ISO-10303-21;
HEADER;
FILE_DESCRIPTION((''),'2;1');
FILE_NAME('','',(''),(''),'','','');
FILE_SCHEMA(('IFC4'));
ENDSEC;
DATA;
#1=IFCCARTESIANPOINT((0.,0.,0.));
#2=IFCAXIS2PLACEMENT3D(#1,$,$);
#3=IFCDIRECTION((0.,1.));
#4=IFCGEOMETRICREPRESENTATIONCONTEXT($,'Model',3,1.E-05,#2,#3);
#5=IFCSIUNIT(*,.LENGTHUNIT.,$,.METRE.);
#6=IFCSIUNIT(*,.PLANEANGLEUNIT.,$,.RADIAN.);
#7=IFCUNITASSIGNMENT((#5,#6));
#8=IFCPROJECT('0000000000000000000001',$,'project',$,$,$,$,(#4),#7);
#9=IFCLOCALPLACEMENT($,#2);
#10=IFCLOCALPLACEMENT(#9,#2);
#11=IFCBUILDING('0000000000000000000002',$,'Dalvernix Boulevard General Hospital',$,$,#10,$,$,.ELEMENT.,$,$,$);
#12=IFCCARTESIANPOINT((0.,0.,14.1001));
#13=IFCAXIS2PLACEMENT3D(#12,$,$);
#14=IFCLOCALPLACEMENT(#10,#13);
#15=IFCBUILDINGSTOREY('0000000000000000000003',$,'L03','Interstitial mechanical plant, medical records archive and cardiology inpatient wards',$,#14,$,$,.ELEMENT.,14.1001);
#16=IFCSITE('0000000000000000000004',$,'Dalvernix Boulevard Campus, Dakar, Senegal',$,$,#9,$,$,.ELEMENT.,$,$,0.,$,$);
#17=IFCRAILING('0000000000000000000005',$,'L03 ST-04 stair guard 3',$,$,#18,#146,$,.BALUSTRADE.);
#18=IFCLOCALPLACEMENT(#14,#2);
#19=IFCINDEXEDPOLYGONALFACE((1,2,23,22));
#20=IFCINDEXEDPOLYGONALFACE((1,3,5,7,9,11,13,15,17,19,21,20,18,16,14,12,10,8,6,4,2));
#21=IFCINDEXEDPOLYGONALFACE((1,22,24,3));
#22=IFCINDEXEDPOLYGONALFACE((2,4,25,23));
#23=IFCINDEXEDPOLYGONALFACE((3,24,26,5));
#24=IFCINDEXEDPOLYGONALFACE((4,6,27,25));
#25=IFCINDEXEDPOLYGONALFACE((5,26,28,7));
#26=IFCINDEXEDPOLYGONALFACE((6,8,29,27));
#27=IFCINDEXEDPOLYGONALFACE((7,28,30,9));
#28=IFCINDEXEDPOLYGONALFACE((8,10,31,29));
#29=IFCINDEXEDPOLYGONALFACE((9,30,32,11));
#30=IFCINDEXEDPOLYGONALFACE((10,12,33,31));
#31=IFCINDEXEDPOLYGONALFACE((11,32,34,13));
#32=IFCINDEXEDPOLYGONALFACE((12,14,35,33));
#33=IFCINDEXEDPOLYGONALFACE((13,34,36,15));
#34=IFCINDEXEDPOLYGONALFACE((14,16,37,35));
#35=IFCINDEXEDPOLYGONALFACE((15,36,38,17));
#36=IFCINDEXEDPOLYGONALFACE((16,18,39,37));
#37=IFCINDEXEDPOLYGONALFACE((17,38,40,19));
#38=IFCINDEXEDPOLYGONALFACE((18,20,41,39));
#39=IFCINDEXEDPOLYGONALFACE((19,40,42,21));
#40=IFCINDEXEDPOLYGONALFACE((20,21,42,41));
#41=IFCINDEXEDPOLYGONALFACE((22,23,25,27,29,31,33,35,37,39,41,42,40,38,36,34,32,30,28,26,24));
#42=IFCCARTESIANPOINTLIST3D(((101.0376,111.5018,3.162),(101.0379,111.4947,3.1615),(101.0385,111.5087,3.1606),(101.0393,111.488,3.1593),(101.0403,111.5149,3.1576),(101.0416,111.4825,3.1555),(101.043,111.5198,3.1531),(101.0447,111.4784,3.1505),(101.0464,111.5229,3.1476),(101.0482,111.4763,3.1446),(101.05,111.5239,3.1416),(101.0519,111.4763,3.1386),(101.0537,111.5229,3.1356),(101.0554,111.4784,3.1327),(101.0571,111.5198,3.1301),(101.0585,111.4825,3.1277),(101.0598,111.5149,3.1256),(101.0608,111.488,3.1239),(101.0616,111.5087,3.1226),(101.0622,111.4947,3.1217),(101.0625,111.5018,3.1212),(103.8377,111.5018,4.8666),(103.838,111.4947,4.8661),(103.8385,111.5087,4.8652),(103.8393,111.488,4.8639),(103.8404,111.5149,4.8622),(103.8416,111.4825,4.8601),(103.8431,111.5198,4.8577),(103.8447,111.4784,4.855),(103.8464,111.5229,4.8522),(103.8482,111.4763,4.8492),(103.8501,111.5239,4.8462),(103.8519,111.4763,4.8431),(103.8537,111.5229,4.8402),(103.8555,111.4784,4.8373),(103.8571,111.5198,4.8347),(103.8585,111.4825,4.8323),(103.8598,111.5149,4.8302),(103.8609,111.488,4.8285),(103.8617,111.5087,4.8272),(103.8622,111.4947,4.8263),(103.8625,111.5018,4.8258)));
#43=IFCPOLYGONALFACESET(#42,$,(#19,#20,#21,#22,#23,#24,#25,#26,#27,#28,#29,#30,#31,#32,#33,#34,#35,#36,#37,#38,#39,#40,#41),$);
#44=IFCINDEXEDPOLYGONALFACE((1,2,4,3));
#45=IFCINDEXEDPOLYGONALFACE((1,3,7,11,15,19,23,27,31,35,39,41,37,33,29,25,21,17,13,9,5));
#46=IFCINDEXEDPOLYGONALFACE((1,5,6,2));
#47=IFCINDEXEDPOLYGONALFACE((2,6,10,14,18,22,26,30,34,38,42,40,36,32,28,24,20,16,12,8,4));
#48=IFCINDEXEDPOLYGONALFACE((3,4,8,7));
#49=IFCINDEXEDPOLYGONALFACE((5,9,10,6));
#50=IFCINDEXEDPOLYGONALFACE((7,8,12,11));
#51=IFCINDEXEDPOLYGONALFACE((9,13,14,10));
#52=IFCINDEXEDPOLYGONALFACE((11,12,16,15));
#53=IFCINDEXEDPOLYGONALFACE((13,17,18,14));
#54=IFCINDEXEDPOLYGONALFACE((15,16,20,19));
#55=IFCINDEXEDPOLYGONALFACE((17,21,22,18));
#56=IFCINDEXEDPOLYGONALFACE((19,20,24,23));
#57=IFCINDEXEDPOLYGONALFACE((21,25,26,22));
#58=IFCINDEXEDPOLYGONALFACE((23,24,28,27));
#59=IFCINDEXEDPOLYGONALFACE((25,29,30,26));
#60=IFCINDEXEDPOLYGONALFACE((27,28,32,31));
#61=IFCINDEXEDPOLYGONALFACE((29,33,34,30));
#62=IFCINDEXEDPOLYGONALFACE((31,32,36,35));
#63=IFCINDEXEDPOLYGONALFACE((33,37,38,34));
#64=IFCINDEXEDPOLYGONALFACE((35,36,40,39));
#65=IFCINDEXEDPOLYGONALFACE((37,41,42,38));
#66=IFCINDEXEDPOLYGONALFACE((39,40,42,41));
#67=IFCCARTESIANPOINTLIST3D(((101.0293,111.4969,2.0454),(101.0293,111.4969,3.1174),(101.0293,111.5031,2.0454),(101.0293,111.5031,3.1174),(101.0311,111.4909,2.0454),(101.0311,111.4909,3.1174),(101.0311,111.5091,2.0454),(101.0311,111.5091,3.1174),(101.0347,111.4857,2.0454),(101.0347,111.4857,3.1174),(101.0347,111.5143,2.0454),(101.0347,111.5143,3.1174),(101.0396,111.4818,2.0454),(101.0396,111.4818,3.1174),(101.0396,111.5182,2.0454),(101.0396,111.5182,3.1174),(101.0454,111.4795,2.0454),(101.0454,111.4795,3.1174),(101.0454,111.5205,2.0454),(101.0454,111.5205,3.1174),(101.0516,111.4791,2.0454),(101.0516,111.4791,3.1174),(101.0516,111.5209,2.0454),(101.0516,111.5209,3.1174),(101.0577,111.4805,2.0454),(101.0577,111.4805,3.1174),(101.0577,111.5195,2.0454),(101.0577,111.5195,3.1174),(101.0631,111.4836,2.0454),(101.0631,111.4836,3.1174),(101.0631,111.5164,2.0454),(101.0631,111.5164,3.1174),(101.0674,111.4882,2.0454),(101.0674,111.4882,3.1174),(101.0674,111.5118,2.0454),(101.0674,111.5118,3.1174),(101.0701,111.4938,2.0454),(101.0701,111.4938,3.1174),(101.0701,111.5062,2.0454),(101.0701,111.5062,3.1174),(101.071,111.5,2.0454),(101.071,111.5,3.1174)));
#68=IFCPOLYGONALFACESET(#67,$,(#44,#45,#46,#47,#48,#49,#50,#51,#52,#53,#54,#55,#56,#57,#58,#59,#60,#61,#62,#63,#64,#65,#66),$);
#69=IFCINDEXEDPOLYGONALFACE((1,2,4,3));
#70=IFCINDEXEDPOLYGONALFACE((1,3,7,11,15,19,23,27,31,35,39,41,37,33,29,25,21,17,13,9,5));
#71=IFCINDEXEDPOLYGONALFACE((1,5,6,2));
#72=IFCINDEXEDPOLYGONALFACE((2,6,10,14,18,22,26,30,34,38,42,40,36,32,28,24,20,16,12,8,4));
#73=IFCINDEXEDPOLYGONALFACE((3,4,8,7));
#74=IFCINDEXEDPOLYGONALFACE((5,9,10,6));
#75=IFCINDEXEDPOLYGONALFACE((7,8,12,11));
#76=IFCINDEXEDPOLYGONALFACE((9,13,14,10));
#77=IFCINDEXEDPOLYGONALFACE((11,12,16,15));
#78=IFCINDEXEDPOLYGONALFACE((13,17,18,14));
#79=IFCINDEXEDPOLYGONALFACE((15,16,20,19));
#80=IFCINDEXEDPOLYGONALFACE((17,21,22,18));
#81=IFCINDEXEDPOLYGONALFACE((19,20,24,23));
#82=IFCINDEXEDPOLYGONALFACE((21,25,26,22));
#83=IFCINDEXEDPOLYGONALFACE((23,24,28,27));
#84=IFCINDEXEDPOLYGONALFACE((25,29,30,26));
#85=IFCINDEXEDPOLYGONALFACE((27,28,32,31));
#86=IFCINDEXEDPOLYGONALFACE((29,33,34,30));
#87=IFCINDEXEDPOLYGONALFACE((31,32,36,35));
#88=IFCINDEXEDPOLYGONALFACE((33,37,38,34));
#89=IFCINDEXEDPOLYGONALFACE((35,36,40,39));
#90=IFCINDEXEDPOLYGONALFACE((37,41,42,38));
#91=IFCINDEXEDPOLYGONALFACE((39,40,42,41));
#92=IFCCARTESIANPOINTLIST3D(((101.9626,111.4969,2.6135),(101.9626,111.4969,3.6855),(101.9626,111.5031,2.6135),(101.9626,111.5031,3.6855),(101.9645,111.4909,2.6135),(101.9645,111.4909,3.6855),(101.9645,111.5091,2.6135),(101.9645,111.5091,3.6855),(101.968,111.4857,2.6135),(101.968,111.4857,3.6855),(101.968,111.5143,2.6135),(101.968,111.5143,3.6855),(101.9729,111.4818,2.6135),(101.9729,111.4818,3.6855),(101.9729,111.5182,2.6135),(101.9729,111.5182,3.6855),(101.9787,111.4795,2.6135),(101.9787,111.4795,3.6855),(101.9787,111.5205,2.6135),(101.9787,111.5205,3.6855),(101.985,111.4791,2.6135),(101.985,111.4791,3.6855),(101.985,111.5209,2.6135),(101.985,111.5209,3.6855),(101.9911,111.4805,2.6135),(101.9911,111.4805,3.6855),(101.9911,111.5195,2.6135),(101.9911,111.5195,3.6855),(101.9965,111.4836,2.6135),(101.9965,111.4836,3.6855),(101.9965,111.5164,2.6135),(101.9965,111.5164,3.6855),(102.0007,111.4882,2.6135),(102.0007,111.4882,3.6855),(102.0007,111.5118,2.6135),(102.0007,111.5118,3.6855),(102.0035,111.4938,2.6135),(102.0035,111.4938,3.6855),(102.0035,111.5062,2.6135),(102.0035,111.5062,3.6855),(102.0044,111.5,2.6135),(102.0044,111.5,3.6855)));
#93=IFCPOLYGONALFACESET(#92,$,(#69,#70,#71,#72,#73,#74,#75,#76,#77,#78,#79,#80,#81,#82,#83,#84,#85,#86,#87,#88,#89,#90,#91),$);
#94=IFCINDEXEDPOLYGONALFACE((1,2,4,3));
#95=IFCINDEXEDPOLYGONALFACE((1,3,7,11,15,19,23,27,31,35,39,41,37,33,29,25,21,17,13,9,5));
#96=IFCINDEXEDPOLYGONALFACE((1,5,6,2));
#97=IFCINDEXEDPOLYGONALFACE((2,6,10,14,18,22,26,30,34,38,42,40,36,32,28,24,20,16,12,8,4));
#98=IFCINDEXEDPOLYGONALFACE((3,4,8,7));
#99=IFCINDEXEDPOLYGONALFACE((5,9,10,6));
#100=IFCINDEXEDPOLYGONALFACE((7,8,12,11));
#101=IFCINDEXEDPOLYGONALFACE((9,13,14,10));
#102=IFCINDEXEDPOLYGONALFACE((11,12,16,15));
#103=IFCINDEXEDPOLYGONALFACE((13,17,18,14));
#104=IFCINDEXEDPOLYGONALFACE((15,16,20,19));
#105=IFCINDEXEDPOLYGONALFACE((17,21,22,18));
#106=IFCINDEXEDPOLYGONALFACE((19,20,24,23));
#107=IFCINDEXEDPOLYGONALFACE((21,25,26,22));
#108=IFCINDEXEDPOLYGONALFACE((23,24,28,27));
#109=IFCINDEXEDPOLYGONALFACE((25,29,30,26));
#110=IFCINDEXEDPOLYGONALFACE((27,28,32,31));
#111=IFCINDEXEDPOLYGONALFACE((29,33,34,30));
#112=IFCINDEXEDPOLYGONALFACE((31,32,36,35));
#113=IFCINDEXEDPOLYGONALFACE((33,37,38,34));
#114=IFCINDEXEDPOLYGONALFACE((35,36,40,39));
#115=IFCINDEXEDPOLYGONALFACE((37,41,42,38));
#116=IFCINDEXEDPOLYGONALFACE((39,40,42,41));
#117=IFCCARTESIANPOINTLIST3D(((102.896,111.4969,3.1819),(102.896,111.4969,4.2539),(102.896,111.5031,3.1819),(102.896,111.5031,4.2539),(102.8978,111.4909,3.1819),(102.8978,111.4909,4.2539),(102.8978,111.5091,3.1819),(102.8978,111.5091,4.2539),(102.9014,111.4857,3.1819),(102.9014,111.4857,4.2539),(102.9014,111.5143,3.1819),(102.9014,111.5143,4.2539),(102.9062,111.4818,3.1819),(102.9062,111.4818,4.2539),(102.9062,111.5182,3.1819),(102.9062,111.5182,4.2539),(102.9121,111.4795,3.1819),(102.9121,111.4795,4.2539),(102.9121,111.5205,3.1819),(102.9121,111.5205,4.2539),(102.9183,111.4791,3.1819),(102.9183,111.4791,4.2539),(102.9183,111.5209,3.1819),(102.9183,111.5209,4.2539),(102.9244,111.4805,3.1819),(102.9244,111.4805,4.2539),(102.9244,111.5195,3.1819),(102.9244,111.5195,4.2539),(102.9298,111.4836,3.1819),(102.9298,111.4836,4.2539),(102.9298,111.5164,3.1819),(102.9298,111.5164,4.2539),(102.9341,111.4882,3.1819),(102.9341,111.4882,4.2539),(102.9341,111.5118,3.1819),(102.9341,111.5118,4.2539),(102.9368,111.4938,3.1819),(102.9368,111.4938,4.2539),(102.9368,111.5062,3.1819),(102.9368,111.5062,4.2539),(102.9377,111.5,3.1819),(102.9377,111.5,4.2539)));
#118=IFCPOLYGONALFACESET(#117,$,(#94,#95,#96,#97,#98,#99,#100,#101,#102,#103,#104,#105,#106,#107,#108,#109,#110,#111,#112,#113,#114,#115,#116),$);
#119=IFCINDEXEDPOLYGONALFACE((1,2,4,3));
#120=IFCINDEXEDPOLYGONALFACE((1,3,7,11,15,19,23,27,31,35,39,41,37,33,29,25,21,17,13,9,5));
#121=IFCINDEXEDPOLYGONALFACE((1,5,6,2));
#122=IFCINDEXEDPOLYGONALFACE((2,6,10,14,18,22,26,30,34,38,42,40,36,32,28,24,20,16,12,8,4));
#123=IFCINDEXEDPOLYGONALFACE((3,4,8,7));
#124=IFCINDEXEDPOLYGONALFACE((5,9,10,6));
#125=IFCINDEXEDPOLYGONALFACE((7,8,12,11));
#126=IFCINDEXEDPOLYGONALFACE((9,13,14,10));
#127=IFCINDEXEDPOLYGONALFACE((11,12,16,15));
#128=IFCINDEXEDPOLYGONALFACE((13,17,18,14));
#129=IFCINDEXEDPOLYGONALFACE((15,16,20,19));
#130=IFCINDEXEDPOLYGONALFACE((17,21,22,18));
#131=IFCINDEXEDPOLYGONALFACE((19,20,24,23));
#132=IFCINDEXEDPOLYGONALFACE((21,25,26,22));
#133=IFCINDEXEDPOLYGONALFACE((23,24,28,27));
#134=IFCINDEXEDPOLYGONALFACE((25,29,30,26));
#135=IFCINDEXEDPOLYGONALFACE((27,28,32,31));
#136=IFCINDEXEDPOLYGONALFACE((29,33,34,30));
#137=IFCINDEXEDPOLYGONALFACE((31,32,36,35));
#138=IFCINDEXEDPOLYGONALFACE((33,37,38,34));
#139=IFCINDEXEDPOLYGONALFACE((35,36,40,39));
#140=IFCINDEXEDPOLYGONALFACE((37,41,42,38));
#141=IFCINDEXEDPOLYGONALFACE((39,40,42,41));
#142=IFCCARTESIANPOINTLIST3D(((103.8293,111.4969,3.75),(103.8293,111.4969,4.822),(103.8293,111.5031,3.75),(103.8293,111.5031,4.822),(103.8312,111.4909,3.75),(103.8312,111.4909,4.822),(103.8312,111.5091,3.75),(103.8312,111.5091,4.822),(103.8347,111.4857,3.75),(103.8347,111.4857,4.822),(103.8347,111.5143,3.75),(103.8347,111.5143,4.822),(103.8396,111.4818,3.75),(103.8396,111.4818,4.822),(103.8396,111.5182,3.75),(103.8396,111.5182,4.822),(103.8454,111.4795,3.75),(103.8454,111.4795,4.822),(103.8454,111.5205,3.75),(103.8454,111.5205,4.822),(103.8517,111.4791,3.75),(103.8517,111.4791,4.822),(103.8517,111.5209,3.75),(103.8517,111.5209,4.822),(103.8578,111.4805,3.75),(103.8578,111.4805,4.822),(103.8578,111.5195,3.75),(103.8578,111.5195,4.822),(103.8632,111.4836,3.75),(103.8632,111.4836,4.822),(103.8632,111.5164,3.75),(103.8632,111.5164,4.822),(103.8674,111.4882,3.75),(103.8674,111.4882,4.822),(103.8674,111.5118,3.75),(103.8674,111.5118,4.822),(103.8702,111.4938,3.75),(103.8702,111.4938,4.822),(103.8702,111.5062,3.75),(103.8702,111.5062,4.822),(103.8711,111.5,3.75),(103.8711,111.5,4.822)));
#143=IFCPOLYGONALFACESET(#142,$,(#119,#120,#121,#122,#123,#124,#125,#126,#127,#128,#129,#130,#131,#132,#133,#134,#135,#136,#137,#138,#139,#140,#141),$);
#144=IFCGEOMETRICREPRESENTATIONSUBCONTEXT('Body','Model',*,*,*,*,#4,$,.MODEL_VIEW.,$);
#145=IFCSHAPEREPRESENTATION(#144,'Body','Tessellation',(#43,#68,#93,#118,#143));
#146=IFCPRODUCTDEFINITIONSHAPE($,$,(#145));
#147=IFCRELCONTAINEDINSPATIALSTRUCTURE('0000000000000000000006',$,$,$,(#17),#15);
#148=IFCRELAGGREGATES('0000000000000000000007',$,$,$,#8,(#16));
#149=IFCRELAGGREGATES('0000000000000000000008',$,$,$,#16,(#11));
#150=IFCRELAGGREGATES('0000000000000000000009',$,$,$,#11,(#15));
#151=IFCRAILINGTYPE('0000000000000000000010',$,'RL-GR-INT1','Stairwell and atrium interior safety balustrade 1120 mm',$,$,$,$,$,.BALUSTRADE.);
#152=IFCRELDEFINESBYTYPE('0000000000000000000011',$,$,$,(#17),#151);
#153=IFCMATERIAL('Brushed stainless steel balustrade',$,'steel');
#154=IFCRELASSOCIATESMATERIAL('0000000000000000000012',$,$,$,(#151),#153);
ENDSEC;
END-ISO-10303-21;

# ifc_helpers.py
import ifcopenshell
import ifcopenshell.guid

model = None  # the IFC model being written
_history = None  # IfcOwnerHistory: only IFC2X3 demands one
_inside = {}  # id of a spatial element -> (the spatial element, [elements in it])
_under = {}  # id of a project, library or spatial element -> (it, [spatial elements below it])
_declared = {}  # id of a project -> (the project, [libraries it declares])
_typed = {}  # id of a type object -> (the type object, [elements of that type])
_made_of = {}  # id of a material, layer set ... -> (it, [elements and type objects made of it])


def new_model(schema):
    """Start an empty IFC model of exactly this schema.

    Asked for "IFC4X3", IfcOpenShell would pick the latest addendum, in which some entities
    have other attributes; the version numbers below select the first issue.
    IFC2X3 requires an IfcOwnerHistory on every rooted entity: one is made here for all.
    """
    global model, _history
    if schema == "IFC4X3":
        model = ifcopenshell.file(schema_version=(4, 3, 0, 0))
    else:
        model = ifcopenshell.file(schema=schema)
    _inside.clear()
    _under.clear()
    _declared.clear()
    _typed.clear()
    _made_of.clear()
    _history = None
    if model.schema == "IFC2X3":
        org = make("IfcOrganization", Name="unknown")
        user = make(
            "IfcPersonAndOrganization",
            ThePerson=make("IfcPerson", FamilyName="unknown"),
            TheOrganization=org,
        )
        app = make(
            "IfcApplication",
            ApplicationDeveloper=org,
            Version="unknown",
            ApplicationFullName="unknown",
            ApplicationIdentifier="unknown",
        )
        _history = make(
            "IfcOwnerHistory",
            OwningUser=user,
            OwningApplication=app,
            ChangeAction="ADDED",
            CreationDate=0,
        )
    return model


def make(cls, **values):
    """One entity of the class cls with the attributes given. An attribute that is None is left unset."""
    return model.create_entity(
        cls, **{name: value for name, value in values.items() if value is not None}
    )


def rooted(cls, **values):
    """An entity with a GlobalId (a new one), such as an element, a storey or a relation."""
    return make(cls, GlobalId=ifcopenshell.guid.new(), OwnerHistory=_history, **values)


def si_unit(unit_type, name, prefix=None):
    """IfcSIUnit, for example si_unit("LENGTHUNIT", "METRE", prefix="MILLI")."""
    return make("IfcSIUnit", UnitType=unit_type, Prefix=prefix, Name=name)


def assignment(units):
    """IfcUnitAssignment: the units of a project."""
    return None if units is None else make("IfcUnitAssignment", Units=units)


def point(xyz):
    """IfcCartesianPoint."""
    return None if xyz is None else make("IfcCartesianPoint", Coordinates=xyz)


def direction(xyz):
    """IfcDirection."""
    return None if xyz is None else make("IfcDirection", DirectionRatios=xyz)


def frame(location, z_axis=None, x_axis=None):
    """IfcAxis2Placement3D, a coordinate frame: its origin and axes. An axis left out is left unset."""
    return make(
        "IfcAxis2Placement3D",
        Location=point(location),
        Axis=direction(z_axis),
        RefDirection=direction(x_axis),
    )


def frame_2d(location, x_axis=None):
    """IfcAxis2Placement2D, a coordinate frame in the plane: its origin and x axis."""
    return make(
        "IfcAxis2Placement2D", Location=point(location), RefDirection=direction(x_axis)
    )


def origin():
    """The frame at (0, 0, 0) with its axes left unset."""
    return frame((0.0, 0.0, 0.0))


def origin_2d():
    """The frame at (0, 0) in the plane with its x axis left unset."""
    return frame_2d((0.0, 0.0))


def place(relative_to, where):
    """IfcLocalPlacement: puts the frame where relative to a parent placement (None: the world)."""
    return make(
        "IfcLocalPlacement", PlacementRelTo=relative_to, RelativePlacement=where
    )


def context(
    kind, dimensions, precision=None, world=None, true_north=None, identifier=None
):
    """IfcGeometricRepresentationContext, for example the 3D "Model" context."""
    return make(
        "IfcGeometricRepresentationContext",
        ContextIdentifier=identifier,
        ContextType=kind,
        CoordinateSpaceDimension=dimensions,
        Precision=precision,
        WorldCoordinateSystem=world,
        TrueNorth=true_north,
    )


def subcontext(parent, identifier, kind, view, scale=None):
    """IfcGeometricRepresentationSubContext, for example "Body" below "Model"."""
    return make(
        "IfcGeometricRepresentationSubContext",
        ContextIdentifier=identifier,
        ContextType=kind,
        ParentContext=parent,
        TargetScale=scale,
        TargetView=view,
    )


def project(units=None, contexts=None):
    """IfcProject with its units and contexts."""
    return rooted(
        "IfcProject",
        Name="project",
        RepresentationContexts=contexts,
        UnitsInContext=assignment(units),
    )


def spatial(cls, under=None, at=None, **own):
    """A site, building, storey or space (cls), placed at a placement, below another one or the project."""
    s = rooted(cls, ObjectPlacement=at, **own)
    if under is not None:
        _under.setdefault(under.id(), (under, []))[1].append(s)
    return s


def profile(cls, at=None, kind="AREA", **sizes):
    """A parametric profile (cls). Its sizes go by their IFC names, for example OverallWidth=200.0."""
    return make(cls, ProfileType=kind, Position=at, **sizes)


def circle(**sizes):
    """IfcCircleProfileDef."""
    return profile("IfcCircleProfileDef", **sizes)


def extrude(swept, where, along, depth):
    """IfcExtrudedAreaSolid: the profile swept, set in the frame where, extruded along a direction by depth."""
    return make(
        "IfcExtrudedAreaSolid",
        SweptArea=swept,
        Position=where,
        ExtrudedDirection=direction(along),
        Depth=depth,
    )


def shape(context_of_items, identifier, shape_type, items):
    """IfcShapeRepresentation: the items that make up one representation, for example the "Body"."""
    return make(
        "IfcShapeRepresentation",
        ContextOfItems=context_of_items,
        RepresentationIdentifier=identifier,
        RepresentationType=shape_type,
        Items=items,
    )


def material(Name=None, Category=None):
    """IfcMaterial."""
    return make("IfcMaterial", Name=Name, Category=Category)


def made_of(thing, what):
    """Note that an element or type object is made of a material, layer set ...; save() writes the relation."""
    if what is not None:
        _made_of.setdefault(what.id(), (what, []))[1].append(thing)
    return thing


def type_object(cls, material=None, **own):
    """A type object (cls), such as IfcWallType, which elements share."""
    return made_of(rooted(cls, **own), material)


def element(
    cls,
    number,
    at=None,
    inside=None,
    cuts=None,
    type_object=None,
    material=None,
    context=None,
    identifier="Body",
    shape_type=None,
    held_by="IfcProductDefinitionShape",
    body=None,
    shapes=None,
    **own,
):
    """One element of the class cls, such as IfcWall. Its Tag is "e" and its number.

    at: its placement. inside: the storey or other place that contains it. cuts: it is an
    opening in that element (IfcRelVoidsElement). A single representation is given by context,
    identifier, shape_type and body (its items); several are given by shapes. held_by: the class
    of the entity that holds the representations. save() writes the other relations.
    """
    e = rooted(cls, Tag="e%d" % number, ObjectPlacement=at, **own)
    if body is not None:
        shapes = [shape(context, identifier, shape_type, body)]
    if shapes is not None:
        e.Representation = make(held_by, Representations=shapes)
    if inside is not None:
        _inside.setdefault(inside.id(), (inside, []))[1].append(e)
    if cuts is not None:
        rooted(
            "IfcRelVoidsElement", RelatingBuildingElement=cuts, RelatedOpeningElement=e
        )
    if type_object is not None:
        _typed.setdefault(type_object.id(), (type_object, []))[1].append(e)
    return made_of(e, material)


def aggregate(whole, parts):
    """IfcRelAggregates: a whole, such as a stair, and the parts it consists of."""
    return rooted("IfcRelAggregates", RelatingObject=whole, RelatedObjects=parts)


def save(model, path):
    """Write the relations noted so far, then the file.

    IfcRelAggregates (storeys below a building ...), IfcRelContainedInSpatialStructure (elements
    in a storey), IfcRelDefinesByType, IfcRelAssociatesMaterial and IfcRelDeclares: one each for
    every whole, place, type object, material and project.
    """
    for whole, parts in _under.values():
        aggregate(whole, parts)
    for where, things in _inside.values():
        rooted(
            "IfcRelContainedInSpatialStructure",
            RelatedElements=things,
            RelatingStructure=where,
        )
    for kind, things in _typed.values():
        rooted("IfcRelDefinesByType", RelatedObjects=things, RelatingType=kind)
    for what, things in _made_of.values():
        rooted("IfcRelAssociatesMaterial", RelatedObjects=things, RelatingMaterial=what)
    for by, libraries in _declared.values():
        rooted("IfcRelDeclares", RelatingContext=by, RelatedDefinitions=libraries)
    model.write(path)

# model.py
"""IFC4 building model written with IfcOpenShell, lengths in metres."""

from ifc_helpers import new_model, si_unit, direction, frame, origin, origin_2d, place, context, subcontext, project, spatial, circle, extrude, material, type_object, element, save


model = new_model("IFC4")

# Units and contexts
model_context = context("Model", 3, precision=1e-05, world=origin(), true_north=direction((0.0, 1.0)))
body_context = subcontext(model_context, "Body", "Model", "MODEL_VIEW")
ifc_project = project(units=[si_unit("LENGTHUNIT", "METRE"), si_unit("PLANEANGLEUNIT", "RADIAN")], contexts=[model_context])

# Site, building, storey
site_placement = place(None, origin())
site = spatial("IfcSite", under=ifc_project, at=site_placement, Name="Dalvernix Boulevard Campus, Dakar, Senegal", CompositionType="ELEMENT", RefElevation=0.0)
building_placement = place(site_placement, origin())
building = spatial("IfcBuilding", under=site, at=building_placement, Name="Dalvernix Boulevard General Hospital", CompositionType="ELEMENT")
storey_placement = place(building_placement, frame((0.0, 0.0, 14.1001)))
storey = spatial("IfcBuildingStorey", under=building, at=storey_placement, Name="L03", Description="Interstitial mechanical plant, medical records archive and cardiology inpatient wards", CompositionType="ELEMENT", Elevation=14.1001)

# Railing
ifc_material_1 = material(Name="Brushed stainless steel balustrade", Category="steel")
railing_type_1 = type_object("IfcRailingType", Name="RL-GR-INT1", Description="Stairwell and atrium interior safety balustrade 1120 mm", PredefinedType="BALUSTRADE", material=ifc_material_1)
railing_1_placement = place(storey_placement, frame((101.05, 111.5, 2.0454)))
element("IfcRailing", 1, at=railing_1_placement, inside=storey, type_object=railing_type_1, Name="L03 ST-04 stair guard 3", PredefinedType="BALUSTRADE", context=body_context, shape_type="SweptSolid", body=[
    extrude(circle(Radius=0.0239, at=origin_2d()), frame((0.0, 0.0, 1.0962), z_axis=(0.85417, 0.0, 0.519994), x_axis=(0.0, 1.0, 0.0)), (0.0, 0.0, 1.0), 3.2781),
    extrude(circle(Radius=0.021, at=origin_2d()), origin(), (0.0, 0.0, 1.0), 1.072),
    extrude(circle(Radius=0.021, at=origin_2d()), frame((0.9333, 0.0, 0.5681)), (0.0, 0.0, 1.0), 1.072),
    extrude(circle(Radius=0.021, at=origin_2d()), frame((1.8667, 0.0, 1.1365)), (0.0, 0.0, 1.0), 1.072),
    extrude(circle(Radius=0.021, at=origin_2d()), frame((2.8, 0.0, 1.7046)), (0.0, 0.0, 1.0), 1.072),
])

save(model, "model.ifc")
